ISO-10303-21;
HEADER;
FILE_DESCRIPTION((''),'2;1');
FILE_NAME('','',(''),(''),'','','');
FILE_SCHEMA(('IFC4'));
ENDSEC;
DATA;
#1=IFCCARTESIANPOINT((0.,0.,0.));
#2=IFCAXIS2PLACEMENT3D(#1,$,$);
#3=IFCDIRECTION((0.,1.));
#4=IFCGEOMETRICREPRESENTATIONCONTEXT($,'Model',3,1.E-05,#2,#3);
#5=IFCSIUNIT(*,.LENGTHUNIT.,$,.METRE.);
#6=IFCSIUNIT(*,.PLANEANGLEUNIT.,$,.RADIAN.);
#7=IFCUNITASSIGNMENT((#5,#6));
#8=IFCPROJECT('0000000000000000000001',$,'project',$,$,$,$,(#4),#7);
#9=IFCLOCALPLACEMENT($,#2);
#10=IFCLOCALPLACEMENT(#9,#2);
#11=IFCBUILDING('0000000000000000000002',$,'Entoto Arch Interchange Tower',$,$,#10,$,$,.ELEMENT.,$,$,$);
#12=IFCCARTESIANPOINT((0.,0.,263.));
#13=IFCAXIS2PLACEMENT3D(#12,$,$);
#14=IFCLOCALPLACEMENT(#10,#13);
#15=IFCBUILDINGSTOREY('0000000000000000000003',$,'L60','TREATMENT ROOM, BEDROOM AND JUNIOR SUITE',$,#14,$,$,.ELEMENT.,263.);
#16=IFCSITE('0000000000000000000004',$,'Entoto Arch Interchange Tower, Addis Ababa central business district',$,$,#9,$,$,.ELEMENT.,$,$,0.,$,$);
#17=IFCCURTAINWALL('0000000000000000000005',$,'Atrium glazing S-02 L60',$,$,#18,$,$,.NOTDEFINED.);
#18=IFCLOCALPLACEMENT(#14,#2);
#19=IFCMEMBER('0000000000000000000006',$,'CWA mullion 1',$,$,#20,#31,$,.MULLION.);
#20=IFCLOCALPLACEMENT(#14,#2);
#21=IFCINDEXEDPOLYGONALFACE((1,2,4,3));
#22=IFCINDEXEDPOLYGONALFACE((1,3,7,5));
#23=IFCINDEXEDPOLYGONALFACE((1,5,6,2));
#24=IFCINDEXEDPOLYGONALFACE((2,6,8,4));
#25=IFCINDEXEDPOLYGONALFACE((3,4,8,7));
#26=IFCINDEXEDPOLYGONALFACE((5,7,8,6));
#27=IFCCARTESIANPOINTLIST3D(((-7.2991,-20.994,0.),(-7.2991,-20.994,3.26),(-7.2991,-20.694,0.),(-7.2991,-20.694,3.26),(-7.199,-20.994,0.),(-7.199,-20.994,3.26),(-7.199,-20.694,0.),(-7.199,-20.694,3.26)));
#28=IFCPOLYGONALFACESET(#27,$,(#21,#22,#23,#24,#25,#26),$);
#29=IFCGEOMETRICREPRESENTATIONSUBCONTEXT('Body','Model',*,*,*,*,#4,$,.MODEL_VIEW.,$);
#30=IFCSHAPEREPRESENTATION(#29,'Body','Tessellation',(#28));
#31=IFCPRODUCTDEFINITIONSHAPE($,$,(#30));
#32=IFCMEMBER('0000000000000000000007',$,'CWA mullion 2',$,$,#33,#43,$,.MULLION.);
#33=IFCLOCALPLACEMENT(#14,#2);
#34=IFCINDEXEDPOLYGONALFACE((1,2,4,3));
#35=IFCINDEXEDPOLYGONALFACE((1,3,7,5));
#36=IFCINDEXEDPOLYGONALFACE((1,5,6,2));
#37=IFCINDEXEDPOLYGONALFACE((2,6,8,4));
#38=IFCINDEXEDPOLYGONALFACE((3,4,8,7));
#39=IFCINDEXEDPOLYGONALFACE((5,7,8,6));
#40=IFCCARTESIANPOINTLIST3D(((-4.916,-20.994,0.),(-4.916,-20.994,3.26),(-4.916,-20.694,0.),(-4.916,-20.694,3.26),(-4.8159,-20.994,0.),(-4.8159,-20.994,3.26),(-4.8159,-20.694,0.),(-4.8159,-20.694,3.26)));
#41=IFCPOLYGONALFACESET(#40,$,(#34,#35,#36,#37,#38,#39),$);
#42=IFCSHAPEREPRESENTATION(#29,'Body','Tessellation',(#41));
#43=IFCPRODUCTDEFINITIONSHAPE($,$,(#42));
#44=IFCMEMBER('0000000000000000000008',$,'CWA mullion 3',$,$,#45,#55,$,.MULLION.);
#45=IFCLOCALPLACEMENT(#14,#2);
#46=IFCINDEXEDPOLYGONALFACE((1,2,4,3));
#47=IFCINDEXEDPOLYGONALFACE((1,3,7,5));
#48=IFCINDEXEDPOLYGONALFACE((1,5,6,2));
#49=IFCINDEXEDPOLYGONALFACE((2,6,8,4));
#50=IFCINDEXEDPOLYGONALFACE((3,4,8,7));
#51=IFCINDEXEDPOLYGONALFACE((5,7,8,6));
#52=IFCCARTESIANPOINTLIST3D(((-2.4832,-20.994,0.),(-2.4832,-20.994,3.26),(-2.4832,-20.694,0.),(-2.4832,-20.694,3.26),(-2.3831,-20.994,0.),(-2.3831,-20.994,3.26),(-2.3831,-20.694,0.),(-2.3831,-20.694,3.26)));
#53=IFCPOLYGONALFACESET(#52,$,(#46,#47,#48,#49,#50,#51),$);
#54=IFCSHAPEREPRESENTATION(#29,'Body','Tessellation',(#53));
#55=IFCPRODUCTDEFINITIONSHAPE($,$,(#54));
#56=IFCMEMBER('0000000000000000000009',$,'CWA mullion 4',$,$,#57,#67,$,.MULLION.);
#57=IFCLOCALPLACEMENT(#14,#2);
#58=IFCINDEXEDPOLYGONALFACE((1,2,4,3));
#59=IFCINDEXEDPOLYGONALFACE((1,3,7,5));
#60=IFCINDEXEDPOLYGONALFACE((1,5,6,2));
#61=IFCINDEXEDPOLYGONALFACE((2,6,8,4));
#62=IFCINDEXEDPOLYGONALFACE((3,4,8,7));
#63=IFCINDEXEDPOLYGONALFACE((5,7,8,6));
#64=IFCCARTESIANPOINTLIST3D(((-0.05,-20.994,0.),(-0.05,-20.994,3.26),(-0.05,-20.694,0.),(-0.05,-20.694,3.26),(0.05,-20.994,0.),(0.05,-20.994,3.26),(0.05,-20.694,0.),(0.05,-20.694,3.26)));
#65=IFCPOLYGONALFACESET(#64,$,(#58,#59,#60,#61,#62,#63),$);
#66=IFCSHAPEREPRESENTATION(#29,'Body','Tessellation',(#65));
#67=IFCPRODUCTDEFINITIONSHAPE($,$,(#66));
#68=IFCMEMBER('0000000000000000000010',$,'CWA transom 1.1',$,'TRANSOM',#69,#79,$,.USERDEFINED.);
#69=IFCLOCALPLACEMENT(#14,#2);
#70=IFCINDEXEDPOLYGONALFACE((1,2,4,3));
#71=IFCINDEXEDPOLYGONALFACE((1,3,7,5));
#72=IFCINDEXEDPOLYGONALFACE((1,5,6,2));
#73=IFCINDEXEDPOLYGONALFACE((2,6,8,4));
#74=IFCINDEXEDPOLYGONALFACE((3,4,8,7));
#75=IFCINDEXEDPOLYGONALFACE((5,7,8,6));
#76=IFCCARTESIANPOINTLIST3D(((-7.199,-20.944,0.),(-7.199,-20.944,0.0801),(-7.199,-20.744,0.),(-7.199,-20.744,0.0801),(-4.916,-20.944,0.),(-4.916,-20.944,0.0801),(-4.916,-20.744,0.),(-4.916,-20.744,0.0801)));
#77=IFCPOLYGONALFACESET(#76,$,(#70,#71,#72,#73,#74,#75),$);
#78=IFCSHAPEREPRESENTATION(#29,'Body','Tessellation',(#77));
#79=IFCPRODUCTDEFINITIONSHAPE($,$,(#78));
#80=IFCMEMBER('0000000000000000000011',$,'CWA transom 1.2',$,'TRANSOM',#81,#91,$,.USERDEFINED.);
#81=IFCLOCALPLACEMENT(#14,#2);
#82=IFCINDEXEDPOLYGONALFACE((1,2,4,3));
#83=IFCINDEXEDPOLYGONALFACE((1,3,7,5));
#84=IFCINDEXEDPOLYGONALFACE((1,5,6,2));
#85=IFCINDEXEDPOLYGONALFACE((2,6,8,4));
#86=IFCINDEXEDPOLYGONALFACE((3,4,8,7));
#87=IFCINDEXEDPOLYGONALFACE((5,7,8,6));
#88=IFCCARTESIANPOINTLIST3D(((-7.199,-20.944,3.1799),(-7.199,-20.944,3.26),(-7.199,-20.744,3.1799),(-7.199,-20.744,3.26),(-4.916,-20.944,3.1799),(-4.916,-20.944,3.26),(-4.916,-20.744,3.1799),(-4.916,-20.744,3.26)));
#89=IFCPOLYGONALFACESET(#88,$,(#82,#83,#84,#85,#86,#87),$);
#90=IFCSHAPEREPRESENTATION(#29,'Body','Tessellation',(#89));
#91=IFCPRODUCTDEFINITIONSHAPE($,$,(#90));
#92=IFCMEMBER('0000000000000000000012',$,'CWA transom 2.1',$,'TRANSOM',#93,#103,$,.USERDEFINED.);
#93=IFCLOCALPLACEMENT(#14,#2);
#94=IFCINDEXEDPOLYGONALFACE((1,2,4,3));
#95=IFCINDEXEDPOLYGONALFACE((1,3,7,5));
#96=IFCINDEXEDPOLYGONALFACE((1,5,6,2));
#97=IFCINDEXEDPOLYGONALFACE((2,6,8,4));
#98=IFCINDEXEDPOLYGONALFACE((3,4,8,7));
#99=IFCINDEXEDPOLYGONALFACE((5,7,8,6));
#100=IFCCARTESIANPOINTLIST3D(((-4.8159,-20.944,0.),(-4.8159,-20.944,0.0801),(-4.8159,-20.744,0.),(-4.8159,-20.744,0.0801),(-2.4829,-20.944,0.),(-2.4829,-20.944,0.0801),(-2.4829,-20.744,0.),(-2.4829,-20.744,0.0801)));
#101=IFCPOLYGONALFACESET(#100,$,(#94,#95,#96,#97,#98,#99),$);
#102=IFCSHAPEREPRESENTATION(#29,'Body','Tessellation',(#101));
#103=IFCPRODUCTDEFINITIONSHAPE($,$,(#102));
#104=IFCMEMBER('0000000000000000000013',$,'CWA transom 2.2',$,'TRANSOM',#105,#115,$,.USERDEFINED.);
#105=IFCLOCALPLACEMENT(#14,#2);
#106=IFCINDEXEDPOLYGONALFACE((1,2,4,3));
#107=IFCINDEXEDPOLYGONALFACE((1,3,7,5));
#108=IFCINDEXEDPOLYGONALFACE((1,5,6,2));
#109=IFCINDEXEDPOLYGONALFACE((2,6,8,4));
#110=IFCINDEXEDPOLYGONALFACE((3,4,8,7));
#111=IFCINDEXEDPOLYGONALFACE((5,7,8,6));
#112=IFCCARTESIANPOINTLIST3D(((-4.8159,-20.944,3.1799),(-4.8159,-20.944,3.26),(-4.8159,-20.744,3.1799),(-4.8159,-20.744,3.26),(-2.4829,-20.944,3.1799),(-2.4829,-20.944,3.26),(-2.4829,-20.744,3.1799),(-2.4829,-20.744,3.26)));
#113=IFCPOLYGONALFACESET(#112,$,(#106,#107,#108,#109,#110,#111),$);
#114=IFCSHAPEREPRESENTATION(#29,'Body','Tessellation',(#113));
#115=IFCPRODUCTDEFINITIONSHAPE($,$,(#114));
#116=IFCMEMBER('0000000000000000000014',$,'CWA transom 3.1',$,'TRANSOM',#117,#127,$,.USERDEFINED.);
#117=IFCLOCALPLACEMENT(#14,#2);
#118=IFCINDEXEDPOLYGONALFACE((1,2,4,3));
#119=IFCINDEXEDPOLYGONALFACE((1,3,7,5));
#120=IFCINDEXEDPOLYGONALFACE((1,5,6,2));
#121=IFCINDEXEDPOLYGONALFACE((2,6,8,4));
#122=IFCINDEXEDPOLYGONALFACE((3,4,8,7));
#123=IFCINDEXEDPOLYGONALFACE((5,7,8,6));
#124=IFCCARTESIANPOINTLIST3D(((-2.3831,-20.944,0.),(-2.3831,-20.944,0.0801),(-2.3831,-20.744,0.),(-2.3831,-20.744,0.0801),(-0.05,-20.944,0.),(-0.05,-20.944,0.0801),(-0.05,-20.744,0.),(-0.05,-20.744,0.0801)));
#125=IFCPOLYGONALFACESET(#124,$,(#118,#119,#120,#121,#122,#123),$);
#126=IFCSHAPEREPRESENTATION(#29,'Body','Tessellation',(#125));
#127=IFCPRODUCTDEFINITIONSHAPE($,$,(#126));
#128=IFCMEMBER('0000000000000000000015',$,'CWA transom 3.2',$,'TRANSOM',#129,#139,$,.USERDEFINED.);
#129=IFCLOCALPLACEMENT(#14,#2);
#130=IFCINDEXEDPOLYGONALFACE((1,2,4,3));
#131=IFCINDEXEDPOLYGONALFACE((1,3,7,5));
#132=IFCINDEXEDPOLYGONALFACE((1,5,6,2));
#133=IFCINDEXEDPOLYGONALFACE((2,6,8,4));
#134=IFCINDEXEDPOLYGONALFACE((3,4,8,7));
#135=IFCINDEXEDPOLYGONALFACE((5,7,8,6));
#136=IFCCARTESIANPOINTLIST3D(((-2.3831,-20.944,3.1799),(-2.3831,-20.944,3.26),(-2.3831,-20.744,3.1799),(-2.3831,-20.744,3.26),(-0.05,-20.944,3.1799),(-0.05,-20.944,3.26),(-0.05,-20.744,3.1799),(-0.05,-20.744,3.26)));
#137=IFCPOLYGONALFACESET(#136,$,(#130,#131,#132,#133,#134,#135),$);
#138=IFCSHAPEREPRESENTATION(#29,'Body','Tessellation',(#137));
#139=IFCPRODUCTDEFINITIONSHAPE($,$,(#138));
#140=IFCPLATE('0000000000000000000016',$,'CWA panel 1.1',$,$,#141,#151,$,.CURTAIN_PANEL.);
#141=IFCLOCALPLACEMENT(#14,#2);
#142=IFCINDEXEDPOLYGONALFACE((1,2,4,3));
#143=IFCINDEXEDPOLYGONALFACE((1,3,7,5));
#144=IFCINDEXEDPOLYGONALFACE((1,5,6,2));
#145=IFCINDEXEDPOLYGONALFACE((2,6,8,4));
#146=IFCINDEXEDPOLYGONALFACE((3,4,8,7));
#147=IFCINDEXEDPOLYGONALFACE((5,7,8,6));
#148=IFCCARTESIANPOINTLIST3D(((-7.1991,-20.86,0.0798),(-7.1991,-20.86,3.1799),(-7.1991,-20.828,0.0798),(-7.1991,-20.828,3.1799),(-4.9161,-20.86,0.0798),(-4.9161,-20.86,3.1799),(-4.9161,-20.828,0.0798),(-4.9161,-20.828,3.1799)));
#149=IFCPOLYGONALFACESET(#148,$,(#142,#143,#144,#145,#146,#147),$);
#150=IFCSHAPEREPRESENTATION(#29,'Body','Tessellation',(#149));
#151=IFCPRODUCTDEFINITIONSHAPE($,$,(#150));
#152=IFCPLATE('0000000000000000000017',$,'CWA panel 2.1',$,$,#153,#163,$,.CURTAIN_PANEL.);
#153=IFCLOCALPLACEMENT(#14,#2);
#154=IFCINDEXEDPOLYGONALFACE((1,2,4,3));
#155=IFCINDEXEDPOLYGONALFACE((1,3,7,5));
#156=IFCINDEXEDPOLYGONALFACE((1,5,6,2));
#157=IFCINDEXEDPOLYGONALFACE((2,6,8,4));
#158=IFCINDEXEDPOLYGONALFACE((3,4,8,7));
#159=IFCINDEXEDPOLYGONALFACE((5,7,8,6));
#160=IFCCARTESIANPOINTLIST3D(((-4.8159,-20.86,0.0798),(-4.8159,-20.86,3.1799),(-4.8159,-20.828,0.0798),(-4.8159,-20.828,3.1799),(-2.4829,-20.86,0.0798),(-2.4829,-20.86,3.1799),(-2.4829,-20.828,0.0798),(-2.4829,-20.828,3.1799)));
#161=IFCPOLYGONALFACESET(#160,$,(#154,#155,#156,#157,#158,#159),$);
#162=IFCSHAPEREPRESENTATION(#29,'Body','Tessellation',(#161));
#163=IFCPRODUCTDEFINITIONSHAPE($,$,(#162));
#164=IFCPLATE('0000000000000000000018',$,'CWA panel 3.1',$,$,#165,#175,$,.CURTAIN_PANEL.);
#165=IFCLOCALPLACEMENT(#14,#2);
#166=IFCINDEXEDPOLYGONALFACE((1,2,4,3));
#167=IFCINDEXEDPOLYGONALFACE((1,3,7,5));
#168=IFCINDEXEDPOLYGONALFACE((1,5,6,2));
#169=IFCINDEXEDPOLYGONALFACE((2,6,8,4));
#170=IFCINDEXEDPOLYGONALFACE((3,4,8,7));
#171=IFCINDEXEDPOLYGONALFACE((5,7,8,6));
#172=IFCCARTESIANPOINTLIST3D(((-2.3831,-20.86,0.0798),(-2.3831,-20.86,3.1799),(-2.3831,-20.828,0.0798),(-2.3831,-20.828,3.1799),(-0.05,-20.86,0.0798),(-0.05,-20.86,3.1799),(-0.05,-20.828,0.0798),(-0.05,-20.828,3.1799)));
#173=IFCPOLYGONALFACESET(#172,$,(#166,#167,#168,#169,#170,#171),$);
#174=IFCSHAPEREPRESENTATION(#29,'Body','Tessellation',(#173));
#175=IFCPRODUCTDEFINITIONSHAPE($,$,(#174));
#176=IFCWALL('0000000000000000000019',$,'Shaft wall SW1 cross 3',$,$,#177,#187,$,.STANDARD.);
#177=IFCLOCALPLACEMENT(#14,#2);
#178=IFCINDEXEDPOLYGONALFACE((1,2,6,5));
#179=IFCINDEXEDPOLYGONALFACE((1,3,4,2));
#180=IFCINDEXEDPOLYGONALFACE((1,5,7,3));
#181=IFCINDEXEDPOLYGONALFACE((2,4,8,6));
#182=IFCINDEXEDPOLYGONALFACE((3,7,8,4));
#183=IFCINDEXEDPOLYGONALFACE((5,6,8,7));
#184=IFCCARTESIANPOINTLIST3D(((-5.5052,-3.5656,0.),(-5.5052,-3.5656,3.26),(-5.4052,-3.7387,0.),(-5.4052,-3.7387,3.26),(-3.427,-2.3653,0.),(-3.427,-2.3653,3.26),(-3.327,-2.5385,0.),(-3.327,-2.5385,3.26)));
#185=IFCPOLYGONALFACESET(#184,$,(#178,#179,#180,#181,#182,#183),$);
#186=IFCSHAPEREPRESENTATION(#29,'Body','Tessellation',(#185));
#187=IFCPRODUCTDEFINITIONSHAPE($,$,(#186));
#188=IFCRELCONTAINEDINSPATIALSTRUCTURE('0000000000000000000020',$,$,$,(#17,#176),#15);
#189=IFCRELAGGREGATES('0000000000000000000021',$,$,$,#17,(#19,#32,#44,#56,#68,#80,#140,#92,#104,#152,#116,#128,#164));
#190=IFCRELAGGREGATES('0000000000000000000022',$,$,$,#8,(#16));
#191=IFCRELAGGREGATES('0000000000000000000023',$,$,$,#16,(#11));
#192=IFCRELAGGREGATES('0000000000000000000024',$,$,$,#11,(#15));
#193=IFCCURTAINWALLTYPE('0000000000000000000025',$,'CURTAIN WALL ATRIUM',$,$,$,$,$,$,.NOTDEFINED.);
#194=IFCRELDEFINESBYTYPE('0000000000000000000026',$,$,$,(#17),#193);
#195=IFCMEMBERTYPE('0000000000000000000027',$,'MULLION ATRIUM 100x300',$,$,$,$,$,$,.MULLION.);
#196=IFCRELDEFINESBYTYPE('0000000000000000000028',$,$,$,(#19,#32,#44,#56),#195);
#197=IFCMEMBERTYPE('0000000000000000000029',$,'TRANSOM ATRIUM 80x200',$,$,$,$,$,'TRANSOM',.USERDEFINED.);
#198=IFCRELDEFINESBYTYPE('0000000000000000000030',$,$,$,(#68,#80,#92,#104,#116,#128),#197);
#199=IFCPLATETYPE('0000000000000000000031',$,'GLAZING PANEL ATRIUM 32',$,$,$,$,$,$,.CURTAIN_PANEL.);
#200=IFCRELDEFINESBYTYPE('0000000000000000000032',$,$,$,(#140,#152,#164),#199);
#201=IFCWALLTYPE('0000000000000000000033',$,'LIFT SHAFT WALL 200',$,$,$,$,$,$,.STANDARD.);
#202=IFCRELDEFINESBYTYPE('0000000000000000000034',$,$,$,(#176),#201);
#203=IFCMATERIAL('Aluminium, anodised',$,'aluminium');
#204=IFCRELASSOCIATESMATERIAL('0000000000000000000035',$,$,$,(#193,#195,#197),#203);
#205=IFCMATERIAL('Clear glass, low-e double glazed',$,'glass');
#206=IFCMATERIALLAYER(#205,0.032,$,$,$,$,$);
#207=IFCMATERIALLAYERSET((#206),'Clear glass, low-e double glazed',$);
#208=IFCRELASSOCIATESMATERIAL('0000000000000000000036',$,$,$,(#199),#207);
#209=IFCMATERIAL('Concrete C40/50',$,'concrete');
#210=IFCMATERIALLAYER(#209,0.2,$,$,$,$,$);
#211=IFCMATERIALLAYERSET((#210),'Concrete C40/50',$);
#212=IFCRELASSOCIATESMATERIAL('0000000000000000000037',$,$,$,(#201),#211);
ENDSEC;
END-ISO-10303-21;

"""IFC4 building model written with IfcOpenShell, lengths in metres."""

from ifc_helpers import new_model, si_unit, direction, frame, frame_2d, origin, origin_2d, place, context, subcontext, project, spatial, rectangle, extrude, material, layer, layer_set, material_profile, profile_set, type_object, element, aggregate, save


model = new_model("IFC4")

# Units and contexts
model_context = context("Model", 3, precision=1e-05, world=origin(), true_north=direction((0.0, 1.0)))
body_context = subcontext(model_context, "Body", "Model", "MODEL_VIEW")
ifc_project = project(units=[si_unit("LENGTHUNIT", "METRE"), si_unit("PLANEANGLEUNIT", "RADIAN")], contexts=[model_context])

# Site, building, storey
site_placement = place(None, origin())
site = spatial("IfcSite", under=ifc_project, at=site_placement, Name="Entoto Arch Interchange Tower, Addis Ababa central business district", CompositionType="ELEMENT", RefElevation=0.0)
building_placement = place(site_placement, origin())
building = spatial("IfcBuilding", under=site, at=building_placement, Name="Entoto Arch Interchange Tower", CompositionType="ELEMENT")
storey_placement = place(building_placement, frame((0.0, 0.0, 263.0)))
storey = spatial("IfcBuildingStorey", under=building, at=storey_placement, Name="L60", Description="TREATMENT ROOM, BEDROOM AND JUNIOR SUITE", CompositionType="ELEMENT", Elevation=263.0)

# Curtain wall, members, plates
ifc_material_1 = material(Name="Aluminium, anodised", Category="aluminium")
curtain_wall_type = type_object("IfcCurtainWallType", Name="CURTAIN WALL ATRIUM", PredefinedType="NOTDEFINED", material=ifc_material_1)
curtain_wall_placement = place(storey_placement, origin())
curtain_wall = element("IfcCurtainWall", 1, at=curtain_wall_placement, inside=storey, type_object=curtain_wall_type, Name="Atrium glazing S-02 L60", PredefinedType="NOTDEFINED")
ifc_material_profile_1 = material_profile(ifc_material_1, rectangle(XDim=0.3, YDim=0.1001, at=origin_2d()))
ifc_profile_set_1 = profile_set([ifc_material_profile_1], Name="Aluminium, anodised")
member_type_1 = type_object("IfcMemberType", Name="MULLION ATRIUM 100x300", PredefinedType="MULLION", material=ifc_profile_set_1)
member_1_placement = place(storey_placement, frame((-7.249, -20.844, 0.0), z_axis=(0.0, 0.0, 1.0), x_axis=(0.0, 1.0, 0.0)))
member_1 = element("IfcMember", 2, at=member_1_placement, type_object=member_type_1, Name="CWA mullion 1", PredefinedType="MULLION", context=body_context, shape_type="SweptSolid", body=[
    extrude(rectangle(XDim=0.3, YDim=0.1001, at=origin_2d()), origin(), (0.0, 0.0, 1.0), 3.26),
])
member_2_placement = place(storey_placement, frame((-4.866, -20.844, 0.0), z_axis=(0.0, 0.0, 1.0), x_axis=(0.0, 1.0, 0.0)))
member_2 = element("IfcMember", 3, at=member_2_placement, type_object=member_type_1, Name="CWA mullion 2", PredefinedType="MULLION", context=body_context, shape_type="SweptSolid", body=[
    extrude(rectangle(XDim=0.3, YDim=0.1001, at=origin_2d()), origin(), (0.0, 0.0, 1.0), 3.26),
])
member_3_placement = place(storey_placement, frame((-2.4331, -20.844, 0.0), z_axis=(0.0, 0.0, 1.0), x_axis=(0.0, 1.0, 0.0)))
member_3 = element("IfcMember", 4, at=member_3_placement, type_object=member_type_1, Name="CWA mullion 3", PredefinedType="MULLION", context=body_context, shape_type="SweptSolid", body=[
    extrude(rectangle(XDim=0.3, YDim=0.1001, at=origin_2d()), origin(), (0.0, 0.0, 1.0), 3.26),
])
member_4_placement = place(storey_placement, frame((0.0, -20.844, 0.0), z_axis=(0.0, 0.0, 1.0), x_axis=(0.0, 1.0, 0.0)))
member_4 = element("IfcMember", 5, at=member_4_placement, type_object=member_type_1, Name="CWA mullion 4", PredefinedType="MULLION", context=body_context, shape_type="SweptSolid", body=[
    extrude(rectangle(XDim=0.3, YDim=0.1001, at=origin_2d()), origin(), (0.0, 0.0, 1.0), 3.26),
])
ifc_material_profile_2 = material_profile(ifc_material_1, rectangle(XDim=0.2, YDim=0.0801, at=origin_2d()))
ifc_profile_set_2 = profile_set([ifc_material_profile_2], Name="Aluminium, anodised")
member_type_2 = type_object("IfcMemberType", Name="TRANSOM ATRIUM 80x200", ElementType="TRANSOM", PredefinedType="USERDEFINED", material=ifc_profile_set_2)
member_5_placement = place(storey_placement, frame((-7.199, -20.844, 0.04), z_axis=(1.0, 0.0, 0.0), x_axis=(0.0, 1.0, 0.0)))
member_5 = element("IfcMember", 6, at=member_5_placement, type_object=member_type_2, Name="CWA transom 1.1", ObjectType="TRANSOM", PredefinedType="USERDEFINED", context=body_context, shape_type="SweptSolid", body=[
    extrude(rectangle(XDim=0.2, YDim=0.0801, at=origin_2d()), origin(), (0.0, 0.0, 1.0), 2.283),
])
member_6_placement = place(storey_placement, frame((-7.199, -20.844, 3.22), z_axis=(1.0, 0.0, 0.0), x_axis=(0.0, 1.0, 0.0)))
member_6 = element("IfcMember", 7, at=member_6_placement, type_object=member_type_2, Name="CWA transom 1.2", ObjectType="TRANSOM", PredefinedType="USERDEFINED", context=body_context, shape_type="SweptSolid", body=[
    extrude(rectangle(XDim=0.2, YDim=0.0801, at=origin_2d()), origin(), (0.0, 0.0, 1.0), 2.283),
])
member_7_placement = place(storey_placement, frame((-4.8159, -20.844, 0.04), z_axis=(1.0, 0.0, 0.0), x_axis=(0.0, 1.0, 0.0)))
member_7 = element("IfcMember", 8, at=member_7_placement, type_object=member_type_2, Name="CWA transom 2.1", ObjectType="TRANSOM", PredefinedType="USERDEFINED", context=body_context, shape_type="SweptSolid", body=[
    extrude(rectangle(XDim=0.2, YDim=0.0801, at=origin_2d()), origin(), (0.0, 0.0, 1.0), 2.333),
])
member_8_placement = place(storey_placement, frame((-4.8159, -20.844, 3.22), z_axis=(1.0, 0.0, 0.0), x_axis=(0.0, 1.0, 0.0)))
member_8 = element("IfcMember", 9, at=member_8_placement, type_object=member_type_2, Name="CWA transom 2.2", ObjectType="TRANSOM", PredefinedType="USERDEFINED", context=body_context, shape_type="SweptSolid", body=[
    extrude(rectangle(XDim=0.2, YDim=0.0801, at=origin_2d()), origin(), (0.0, 0.0, 1.0), 2.333),
])
member_9_placement = place(storey_placement, frame((-2.3831, -20.844, 0.04), z_axis=(1.0, 0.0, 0.0), x_axis=(0.0, 1.0, 0.0)))
member_9 = element("IfcMember", 10, at=member_9_placement, type_object=member_type_2, Name="CWA transom 3.1", ObjectType="TRANSOM", PredefinedType="USERDEFINED", context=body_context, shape_type="SweptSolid", body=[
    extrude(rectangle(XDim=0.2, YDim=0.0801, at=origin_2d()), origin(), (0.0, 0.0, 1.0), 2.333),
])
member_10_placement = place(storey_placement, frame((-2.3831, -20.844, 3.22), z_axis=(1.0, 0.0, 0.0), x_axis=(0.0, 1.0, 0.0)))
member_10 = element("IfcMember", 11, at=member_10_placement, type_object=member_type_2, Name="CWA transom 3.2", ObjectType="TRANSOM", PredefinedType="USERDEFINED", context=body_context, shape_type="SweptSolid", body=[
    extrude(rectangle(XDim=0.2, YDim=0.0801, at=origin_2d()), origin(), (0.0, 0.0, 1.0), 2.333),
])
ifc_material_2 = material(Name="Clear glass, low-e double glazed", Category="glass")
ifc_layer_1 = layer(ifc_material_2, 0.032)
ifc_layer_set_1 = layer_set([ifc_layer_1], Name="Clear glass, low-e double glazed")
plate_type = type_object("IfcPlateType", Name="GLAZING PANEL ATRIUM 32", PredefinedType="CURTAIN_PANEL", material=ifc_layer_set_1)
plate_1_placement = place(storey_placement, frame((-6.0576, -20.844, 0.0798), z_axis=(0.0, 0.0, 1.0), x_axis=(1.0, 0.0, 0.0)))
plate_1 = element("IfcPlate", 12, at=plate_1_placement, type_object=plate_type, Name="CWA panel 1.1", PredefinedType="CURTAIN_PANEL", context=body_context, shape_type="SweptSolid", body=[
    extrude(rectangle(XDim=2.283, YDim=0.032, at=origin_2d()), origin(), (0.0, 0.0, 1.0), 3.1001),
])
plate_2_placement = place(storey_placement, frame((-3.6494, -20.844, 0.0798), z_axis=(0.0, 0.0, 1.0), x_axis=(1.0, 0.0, 0.0)))
plate_2 = element("IfcPlate", 13, at=plate_2_placement, type_object=plate_type, Name="CWA panel 2.1", PredefinedType="CURTAIN_PANEL", context=body_context, shape_type="SweptSolid", body=[
    extrude(rectangle(XDim=2.333, YDim=0.032, at=origin_2d()), origin(), (0.0, 0.0, 1.0), 3.1001),
])
plate_3_placement = place(storey_placement, frame((-1.2166, -20.844, 0.0798), z_axis=(0.0, 0.0, 1.0), x_axis=(1.0, 0.0, 0.0)))
plate_3 = element("IfcPlate", 14, at=plate_3_placement, type_object=plate_type, Name="CWA panel 3.1", PredefinedType="CURTAIN_PANEL", context=body_context, shape_type="SweptSolid", body=[
    extrude(rectangle(XDim=2.333, YDim=0.032, at=origin_2d()), origin(), (0.0, 0.0, 1.0), 3.1001),
])
aggregate(curtain_wall, [member_1, member_2, member_3, member_4, member_5, member_6, plate_1, member_7, member_8, plate_2, member_9, member_10, plate_3])

# Wall
ifc_material_3 = material(Name="Concrete C40/50", Category="concrete")
ifc_layer_2 = layer(ifc_material_3, 0.2)
ifc_layer_set_2 = layer_set([ifc_layer_2], Name="Concrete C40/50")
wall_type_1 = type_object("IfcWallType", Name="LIFT SHAFT WALL 200", PredefinedType="STANDARD", material=ifc_layer_set_2)
wall_1_placement = place(storey_placement, frame((-3.377, -2.4519, 0.0), z_axis=(0.0, 0.0, 1.0), x_axis=(-0.865955, -0.500122, 0.0)))
element("IfcWall", 15, at=wall_1_placement, inside=storey, type_object=wall_type_1, Name="Shaft wall SW1 cross 3", PredefinedType="STANDARD", context=body_context, shape_type="SweptSolid", body=[
    extrude(rectangle(XDim=2.3999, YDim=0.2, at=frame_2d((1.2, 0.0))), origin(), (0.0, 0.0, 1.0), 3.26),
])

save(model, "model.ifc")
